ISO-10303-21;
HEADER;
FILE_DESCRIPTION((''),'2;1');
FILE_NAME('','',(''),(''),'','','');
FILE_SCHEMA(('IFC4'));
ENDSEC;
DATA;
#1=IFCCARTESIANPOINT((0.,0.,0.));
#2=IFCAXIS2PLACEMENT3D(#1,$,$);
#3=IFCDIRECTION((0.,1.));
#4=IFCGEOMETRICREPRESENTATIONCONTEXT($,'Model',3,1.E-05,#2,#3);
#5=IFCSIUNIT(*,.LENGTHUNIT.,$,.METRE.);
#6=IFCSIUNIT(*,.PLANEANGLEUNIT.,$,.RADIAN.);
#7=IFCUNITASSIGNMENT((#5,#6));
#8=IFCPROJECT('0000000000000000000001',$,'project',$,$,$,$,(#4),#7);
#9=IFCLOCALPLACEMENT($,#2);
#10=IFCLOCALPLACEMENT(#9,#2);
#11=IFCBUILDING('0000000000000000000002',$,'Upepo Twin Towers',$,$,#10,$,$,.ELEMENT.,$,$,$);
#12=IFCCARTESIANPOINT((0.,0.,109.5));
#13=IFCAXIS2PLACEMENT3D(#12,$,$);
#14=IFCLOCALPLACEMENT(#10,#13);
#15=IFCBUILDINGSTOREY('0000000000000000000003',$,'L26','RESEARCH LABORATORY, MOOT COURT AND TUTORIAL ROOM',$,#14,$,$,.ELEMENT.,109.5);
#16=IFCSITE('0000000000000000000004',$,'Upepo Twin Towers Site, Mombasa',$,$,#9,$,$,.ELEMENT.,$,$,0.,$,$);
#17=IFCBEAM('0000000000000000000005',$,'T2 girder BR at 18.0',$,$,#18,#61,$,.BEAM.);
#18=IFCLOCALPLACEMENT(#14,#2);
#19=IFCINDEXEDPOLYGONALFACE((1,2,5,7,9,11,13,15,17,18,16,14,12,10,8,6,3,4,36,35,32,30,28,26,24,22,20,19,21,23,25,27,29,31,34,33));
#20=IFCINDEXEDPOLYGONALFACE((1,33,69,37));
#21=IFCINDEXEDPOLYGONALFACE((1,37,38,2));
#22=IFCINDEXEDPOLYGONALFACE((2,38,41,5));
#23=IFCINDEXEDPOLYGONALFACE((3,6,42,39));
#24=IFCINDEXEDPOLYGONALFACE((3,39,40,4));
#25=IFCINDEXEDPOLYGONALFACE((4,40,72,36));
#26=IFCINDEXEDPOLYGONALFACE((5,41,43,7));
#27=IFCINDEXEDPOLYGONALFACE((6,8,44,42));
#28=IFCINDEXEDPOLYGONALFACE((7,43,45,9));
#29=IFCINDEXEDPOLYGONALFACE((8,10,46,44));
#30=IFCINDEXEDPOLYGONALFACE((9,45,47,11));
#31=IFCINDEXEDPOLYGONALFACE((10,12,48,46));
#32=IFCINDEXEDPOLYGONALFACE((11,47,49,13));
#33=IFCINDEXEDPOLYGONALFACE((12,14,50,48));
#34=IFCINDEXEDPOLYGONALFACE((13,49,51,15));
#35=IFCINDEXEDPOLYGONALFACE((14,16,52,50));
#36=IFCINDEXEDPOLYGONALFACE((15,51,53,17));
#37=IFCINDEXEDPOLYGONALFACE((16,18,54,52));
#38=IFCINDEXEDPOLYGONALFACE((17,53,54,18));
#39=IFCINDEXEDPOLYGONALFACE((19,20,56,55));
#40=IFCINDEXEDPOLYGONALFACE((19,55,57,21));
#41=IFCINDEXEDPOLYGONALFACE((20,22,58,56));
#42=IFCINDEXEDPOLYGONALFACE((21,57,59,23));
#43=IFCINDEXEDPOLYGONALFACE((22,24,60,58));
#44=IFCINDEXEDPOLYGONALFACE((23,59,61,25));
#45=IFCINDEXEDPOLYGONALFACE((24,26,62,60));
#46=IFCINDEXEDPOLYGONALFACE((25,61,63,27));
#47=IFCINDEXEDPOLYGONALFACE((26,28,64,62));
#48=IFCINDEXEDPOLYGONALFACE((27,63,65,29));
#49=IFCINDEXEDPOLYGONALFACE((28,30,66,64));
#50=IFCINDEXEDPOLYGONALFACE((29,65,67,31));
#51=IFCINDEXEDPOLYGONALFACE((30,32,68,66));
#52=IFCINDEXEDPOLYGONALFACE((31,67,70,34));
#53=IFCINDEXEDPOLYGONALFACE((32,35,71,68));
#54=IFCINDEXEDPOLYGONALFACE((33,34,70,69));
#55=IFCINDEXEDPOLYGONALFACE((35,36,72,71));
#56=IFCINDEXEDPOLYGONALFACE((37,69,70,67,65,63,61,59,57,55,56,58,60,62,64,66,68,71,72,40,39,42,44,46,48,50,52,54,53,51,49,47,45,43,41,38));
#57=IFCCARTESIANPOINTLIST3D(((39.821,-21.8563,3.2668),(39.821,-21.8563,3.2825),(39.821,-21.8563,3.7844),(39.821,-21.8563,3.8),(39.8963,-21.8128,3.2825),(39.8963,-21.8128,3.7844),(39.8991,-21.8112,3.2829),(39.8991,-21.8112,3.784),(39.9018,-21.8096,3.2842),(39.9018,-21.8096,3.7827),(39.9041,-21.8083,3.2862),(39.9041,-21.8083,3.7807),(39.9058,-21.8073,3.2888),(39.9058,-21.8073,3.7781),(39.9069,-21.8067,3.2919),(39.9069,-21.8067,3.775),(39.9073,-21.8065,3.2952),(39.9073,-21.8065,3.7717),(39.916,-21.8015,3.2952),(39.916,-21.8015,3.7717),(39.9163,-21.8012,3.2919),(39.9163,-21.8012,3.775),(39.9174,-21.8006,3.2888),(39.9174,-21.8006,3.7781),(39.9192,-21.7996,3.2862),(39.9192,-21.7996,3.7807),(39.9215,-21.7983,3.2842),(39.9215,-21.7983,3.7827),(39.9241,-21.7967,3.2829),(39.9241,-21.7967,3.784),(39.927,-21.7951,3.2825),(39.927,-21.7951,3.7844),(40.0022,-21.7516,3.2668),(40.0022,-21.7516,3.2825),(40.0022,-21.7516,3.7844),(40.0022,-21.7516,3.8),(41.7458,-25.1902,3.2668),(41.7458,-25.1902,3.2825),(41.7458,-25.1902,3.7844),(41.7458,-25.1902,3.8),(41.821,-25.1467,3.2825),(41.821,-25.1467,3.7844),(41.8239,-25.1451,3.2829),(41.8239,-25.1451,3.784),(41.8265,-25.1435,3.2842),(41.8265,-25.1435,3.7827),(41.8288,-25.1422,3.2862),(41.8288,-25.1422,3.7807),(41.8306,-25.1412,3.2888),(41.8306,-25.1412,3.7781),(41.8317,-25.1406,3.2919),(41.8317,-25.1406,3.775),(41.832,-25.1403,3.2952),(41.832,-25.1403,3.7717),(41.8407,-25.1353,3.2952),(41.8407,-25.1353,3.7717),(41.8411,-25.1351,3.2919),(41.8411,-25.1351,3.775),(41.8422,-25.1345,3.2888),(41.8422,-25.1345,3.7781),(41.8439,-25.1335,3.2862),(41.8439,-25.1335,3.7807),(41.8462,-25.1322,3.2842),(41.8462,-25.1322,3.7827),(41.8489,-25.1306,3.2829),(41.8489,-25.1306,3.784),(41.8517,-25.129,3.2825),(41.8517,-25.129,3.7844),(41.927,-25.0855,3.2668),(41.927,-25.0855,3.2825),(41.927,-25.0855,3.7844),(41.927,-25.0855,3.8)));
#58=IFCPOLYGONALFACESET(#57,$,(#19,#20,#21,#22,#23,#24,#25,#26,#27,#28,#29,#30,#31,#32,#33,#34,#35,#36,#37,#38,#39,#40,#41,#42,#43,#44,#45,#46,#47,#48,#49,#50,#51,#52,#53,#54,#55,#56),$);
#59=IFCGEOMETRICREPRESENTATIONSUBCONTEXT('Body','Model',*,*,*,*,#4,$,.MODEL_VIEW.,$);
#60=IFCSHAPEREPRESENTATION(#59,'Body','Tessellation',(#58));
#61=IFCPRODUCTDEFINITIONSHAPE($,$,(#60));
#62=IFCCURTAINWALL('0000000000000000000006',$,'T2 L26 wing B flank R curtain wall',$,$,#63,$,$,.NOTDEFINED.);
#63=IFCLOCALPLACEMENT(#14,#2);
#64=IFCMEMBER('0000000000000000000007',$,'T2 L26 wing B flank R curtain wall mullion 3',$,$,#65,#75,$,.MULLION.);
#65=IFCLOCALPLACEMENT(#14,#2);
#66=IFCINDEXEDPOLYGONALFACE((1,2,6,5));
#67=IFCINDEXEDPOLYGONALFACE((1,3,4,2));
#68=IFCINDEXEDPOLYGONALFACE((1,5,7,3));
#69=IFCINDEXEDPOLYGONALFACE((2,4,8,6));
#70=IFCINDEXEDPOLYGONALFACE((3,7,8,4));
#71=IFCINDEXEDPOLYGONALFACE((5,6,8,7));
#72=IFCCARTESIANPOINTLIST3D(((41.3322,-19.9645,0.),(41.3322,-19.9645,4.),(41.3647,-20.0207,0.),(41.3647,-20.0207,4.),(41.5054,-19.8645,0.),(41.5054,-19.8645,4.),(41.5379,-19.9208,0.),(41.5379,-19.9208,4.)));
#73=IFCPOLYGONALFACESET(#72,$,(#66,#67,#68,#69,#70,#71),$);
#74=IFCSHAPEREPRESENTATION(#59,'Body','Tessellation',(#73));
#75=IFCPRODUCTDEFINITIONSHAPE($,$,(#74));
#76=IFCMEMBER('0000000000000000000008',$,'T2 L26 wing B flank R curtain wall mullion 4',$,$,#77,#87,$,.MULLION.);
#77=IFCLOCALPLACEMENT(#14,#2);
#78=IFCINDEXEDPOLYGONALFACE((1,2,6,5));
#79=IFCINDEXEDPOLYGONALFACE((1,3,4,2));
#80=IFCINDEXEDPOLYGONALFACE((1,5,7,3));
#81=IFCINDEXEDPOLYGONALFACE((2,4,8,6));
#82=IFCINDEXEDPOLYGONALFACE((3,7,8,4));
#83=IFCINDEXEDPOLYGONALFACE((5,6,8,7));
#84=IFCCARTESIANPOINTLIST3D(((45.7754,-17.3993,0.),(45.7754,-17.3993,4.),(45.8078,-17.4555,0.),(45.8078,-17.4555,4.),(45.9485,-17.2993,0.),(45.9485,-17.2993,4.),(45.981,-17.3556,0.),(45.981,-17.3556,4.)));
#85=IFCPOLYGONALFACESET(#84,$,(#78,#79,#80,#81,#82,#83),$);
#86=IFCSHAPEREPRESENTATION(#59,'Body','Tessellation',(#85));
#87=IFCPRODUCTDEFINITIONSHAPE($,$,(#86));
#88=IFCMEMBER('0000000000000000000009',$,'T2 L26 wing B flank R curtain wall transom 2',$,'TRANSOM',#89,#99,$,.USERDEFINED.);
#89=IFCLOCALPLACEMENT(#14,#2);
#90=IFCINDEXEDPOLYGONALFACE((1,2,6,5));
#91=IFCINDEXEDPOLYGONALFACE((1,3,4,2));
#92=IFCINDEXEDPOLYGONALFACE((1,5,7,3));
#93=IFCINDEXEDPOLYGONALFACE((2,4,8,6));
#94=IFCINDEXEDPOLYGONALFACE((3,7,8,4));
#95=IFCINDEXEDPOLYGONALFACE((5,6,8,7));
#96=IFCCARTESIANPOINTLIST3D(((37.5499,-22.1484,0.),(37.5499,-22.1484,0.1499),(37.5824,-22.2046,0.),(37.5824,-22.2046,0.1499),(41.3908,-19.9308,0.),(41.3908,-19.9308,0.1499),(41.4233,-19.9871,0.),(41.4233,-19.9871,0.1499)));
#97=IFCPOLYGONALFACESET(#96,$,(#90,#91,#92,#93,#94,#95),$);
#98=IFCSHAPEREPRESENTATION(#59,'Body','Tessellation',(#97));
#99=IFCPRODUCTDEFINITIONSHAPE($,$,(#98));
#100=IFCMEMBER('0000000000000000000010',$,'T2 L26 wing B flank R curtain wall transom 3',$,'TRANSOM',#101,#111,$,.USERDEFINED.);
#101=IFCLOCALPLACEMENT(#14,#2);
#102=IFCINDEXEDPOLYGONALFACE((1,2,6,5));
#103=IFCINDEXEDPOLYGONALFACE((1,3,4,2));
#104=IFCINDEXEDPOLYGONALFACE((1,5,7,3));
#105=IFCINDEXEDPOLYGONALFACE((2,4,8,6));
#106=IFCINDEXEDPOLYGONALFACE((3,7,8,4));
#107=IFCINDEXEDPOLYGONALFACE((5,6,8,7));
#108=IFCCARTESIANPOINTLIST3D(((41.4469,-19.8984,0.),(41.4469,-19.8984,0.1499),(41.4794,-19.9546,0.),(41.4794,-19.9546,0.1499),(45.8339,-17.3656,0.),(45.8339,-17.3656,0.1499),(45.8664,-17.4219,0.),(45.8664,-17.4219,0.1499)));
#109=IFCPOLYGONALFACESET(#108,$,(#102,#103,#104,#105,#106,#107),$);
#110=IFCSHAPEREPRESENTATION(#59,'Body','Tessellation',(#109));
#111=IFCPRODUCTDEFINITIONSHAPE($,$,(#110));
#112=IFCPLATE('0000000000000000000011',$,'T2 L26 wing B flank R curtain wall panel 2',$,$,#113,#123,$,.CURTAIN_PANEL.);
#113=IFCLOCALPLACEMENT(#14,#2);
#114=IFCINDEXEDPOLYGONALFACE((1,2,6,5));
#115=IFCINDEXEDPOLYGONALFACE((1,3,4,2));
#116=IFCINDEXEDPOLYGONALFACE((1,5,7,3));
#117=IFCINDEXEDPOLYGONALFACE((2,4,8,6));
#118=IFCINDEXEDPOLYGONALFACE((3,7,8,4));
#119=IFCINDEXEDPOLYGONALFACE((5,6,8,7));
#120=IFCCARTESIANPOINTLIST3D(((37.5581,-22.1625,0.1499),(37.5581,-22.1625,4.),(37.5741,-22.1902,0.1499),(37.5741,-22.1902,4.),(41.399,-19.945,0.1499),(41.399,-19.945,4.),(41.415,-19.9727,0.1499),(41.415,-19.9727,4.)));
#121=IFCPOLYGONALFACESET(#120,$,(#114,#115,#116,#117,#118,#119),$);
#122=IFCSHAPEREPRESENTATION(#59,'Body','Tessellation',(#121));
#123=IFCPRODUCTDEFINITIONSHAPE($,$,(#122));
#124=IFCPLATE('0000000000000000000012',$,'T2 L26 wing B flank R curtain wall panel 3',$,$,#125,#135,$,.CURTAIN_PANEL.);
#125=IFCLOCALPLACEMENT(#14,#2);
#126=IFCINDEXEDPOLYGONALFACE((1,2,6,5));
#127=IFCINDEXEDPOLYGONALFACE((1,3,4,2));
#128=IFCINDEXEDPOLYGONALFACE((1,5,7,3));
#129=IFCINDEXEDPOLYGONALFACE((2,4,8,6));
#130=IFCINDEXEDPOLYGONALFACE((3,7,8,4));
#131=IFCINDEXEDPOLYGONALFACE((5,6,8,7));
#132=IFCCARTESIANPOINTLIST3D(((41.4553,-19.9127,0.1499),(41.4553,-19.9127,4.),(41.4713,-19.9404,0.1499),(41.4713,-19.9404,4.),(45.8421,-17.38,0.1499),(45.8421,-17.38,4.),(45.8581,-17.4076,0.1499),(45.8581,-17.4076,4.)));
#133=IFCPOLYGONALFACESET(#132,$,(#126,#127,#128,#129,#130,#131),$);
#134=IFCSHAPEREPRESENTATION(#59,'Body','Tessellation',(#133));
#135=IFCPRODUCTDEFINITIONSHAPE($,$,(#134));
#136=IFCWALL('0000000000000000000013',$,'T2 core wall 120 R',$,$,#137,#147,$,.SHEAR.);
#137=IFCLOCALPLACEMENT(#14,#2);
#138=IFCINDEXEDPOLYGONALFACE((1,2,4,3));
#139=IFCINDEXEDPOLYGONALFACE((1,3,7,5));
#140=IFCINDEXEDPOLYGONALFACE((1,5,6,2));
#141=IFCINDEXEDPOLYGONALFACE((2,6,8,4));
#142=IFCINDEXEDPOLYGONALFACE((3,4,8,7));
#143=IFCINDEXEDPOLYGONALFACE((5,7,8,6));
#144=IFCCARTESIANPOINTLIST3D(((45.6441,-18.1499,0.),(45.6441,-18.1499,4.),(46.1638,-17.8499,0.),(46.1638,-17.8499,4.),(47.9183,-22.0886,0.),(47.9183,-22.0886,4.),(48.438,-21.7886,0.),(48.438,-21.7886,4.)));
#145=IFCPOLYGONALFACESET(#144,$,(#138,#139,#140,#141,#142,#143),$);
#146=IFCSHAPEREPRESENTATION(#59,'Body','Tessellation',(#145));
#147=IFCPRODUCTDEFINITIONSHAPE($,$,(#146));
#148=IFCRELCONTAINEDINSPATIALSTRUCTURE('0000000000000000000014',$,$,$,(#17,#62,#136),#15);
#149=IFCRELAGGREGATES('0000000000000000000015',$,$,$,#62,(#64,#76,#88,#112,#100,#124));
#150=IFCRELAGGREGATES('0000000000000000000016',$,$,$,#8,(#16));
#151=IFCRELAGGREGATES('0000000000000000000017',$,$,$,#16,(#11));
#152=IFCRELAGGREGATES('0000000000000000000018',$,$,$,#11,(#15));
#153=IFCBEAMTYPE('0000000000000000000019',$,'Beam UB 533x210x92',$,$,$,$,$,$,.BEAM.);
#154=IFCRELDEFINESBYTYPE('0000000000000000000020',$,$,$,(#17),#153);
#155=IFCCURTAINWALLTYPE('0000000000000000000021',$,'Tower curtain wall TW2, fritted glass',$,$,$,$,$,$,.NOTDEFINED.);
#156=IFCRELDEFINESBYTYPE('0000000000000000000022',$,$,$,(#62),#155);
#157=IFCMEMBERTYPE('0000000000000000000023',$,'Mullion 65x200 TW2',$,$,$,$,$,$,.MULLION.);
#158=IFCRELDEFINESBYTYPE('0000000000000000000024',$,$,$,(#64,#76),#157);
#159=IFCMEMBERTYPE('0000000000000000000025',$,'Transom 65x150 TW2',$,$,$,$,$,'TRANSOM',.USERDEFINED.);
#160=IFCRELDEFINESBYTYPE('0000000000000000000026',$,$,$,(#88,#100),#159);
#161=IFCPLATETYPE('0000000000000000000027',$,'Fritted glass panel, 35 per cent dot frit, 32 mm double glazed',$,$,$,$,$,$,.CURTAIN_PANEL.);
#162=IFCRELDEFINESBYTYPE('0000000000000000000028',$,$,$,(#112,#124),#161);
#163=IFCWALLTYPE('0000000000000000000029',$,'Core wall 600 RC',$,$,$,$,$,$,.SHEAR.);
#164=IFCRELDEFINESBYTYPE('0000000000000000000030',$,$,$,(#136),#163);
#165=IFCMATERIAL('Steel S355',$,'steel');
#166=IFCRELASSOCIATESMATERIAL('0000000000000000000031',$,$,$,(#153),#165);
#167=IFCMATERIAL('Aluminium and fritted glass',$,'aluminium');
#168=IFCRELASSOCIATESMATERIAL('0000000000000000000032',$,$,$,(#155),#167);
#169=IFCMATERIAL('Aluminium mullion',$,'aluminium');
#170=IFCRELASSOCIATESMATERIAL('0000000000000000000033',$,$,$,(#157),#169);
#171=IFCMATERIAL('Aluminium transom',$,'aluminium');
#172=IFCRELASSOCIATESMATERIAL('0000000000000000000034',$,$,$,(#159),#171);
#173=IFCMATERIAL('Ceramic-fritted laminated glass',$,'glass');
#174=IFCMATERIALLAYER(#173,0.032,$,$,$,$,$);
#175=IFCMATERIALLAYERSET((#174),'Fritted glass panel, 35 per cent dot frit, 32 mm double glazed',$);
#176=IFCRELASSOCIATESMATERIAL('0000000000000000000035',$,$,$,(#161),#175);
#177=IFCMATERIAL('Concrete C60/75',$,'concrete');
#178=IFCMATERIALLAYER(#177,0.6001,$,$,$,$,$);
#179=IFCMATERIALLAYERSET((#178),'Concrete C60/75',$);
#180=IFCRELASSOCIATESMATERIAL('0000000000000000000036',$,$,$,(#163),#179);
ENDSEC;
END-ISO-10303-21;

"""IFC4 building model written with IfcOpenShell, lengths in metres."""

from ifc_helpers import new_model, si_unit, direction, frame, frame_2d, origin, origin_2d, place, context, subcontext, project, spatial, rectangle, i_section, extrude, material, layer, layer_set, material_profile, profile_set, type_object, element, aggregate, save


model = new_model("IFC4")

# Units and contexts
model_context = context("Model", 3, precision=1e-05, world=origin(), true_north=direction((0.0, 1.0)))
body_context = subcontext(model_context, "Body", "Model", "MODEL_VIEW")
ifc_project = project(units=[si_unit("LENGTHUNIT", "METRE"), si_unit("PLANEANGLEUNIT", "RADIAN")], contexts=[model_context])

# Site, building, storey
site_placement = place(None, origin())
site = spatial("IfcSite", under=ifc_project, at=site_placement, Name="Upepo Twin Towers Site, Mombasa", CompositionType="ELEMENT", RefElevation=0.0)
building_placement = place(site_placement, origin())
building = spatial("IfcBuilding", under=site, at=building_placement, Name="Upepo Twin Towers", CompositionType="ELEMENT")
storey_placement = place(building_placement, frame((0.0, 0.0, 109.5)))
storey = spatial("IfcBuildingStorey", under=building, at=storey_placement, Name="L26", Description="RESEARCH LABORATORY, MOOT COURT AND TUTORIAL ROOM", CompositionType="ELEMENT", Elevation=109.5)

# Beam
ifc_material_1 = material(Name="Steel S355", Category="steel")
ifc_material_profile_1 = material_profile(ifc_material_1, i_section(OverallWidth=0.2092, OverallDepth=0.5332, WebThickness=0.01, FlangeThickness=0.0156, FilletRadius=0.0127, at=origin_2d()), Name="UB 533x210x92")
ifc_profile_set_1 = profile_set([ifc_material_profile_1], Name="Steel S355")
beam_type_1 = type_object("IfcBeamType", Name="Beam UB 533x210x92", PredefinedType="BEAM", material=ifc_profile_set_1)
beam_1_placement = place(storey_placement, frame((39.9116, -21.804, 3.5334), z_axis=(0.499986, -0.866034, 0.0), x_axis=(0.866034, 0.499986, 0.0)))
element("IfcBeam", 1, at=beam_1_placement, inside=storey, type_object=beam_type_1, Name="T2 girder BR at 18.0", PredefinedType="BEAM", context=body_context, shape_type="SweptSolid", body=[
    extrude(i_section(OverallWidth=0.2092, OverallDepth=0.5332, WebThickness=0.01, FlangeThickness=0.0156, FilletRadius=0.0127, at=origin_2d()), origin(), (0.0, 0.0, 1.0), 3.8496),
])

# Curtain wall, members, plates
ifc_material_2 = material(Name="Aluminium and fritted glass", Category="aluminium")
curtain_wall_type = type_object("IfcCurtainWallType", Name="Tower curtain wall TW2, fritted glass", PredefinedType="NOTDEFINED", material=ifc_material_2)
curtain_wall_placement = place(storey_placement, origin())
curtain_wall = element("IfcCurtainWall", 2, at=curtain_wall_placement, inside=storey, type_object=curtain_wall_type, Name="T2 L26 wing B flank R curtain wall", PredefinedType="NOTDEFINED")
ifc_material_3 = material(Name="Aluminium mullion", Category="aluminium")
ifc_material_profile_2 = material_profile(ifc_material_3, rectangle(XDim=0.0649, YDim=0.2, at=origin_2d()), Name="MULLION 65x200")
ifc_profile_set_2 = profile_set([ifc_material_profile_2], Name="Aluminium mullion")
member_type_1 = type_object("IfcMemberType", Name="Mullion 65x200 TW2", PredefinedType="MULLION", material=ifc_profile_set_2)
member_1_placement = place(storey_placement, frame((41.4351, -19.9426, 0.0), z_axis=(0.0, 0.0, 1.0), x_axis=(-0.5, 0.866025, 0.0)))
member_1 = element("IfcMember", 3, at=member_1_placement, type_object=member_type_1, Name="T2 L26 wing B flank R curtain wall mullion 3", PredefinedType="MULLION", context=body_context, shape_type="SweptSolid", body=[
    extrude(rectangle(XDim=0.0649, YDim=0.2, at=origin_2d()), origin(), (0.0, 0.0, 1.0), 4.0),
])
member_2_placement = place(storey_placement, frame((45.8782, -17.3774, 0.0), z_axis=(0.0, 0.0, 1.0), x_axis=(-0.5, 0.866025, 0.0)))
member_2 = element("IfcMember", 4, at=member_2_placement, type_object=member_type_1, Name="T2 L26 wing B flank R curtain wall mullion 4", PredefinedType="MULLION", context=body_context, shape_type="SweptSolid", body=[
    extrude(rectangle(XDim=0.0649, YDim=0.2, at=origin_2d()), origin(), (0.0, 0.0, 1.0), 4.0),
])
ifc_material_4 = material(Name="Aluminium transom", Category="aluminium")
ifc_material_profile_3 = material_profile(ifc_material_4, rectangle(XDim=0.0649, YDim=0.1499, at=origin_2d()), Name="TRANSOM 65x150")
ifc_profile_set_3 = profile_set([ifc_material_profile_3], Name="Aluminium transom")
member_type_2 = type_object("IfcMemberType", Name="Transom 65x150 TW2", ElementType="TRANSOM", PredefinedType="USERDEFINED", material=ifc_profile_set_3)
member_3_placement = place(storey_placement, frame((37.5662, -22.1765, 0.075), z_axis=(0.866022, 0.500005, 0.0), x_axis=(-0.500005, 0.866022, 0.0)))
member_3 = element("IfcMember", 5, at=member_3_placement, type_object=member_type_2, Name="T2 L26 wing B flank R curtain wall transom 2", ObjectType="TRANSOM", PredefinedType="USERDEFINED", context=body_context, shape_type="SweptSolid", body=[
    extrude(rectangle(XDim=0.0649, YDim=0.1499, at=origin_2d()), origin(), (0.0, 0.0, 1.0), 4.4351),
])
member_4_placement = place(storey_placement, frame((41.4631, -19.9265, 0.075), z_axis=(0.866034, 0.499985, 0.0), x_axis=(-0.499985, 0.866034, 0.0)))
member_4 = element("IfcMember", 6, at=member_4_placement, type_object=member_type_2, Name="T2 L26 wing B flank R curtain wall transom 3", ObjectType="TRANSOM", PredefinedType="USERDEFINED", context=body_context, shape_type="SweptSolid", body=[
    extrude(rectangle(XDim=0.0649, YDim=0.1499, at=origin_2d()), origin(), (0.0, 0.0, 1.0), 5.0657),
])
ifc_material_5 = material(Name="Ceramic-fritted laminated glass", Category="glass")
ifc_layer_1 = layer(ifc_material_5, 0.032)
ifc_layer_set_1 = layer_set([ifc_layer_1], Name="Fritted glass panel, 35 per cent dot frit, 32 mm double glazed")
plate_type = type_object("IfcPlateType", Name="Fritted glass panel, 35 per cent dot frit, 32 mm double glazed", PredefinedType="CURTAIN_PANEL", material=ifc_layer_set_1)
plate_1_placement = place(storey_placement, frame((39.4866, -21.0676, 0.1499), z_axis=(0.0, 0.0, 1.0), x_axis=(0.866025, 0.5, 0.0)))
plate_1 = element("IfcPlate", 7, at=plate_1_placement, type_object=plate_type, Name="T2 L26 wing B flank R curtain wall panel 2", PredefinedType="CURTAIN_PANEL", context=body_context, shape_type="SweptSolid", body=[
    extrude(rectangle(XDim=4.4351, YDim=0.032, at=origin_2d()), origin(), (0.0, 0.0, 1.0), 3.8501),
])
plate_2_placement = place(storey_placement, frame((43.6567, -18.6602, 0.1499), z_axis=(0.0, 0.0, 1.0), x_axis=(0.866025, 0.5, 0.0)))
plate_2 = element("IfcPlate", 8, at=plate_2_placement, type_object=plate_type, Name="T2 L26 wing B flank R curtain wall panel 3", PredefinedType="CURTAIN_PANEL", context=body_context, shape_type="SweptSolid", body=[
    extrude(rectangle(XDim=5.0654, YDim=0.032, at=origin_2d()), origin(), (0.0, 0.0, 1.0), 3.8501),
])
aggregate(curtain_wall, [member_1, member_2, member_3, plate_1, member_4, plate_2])

# Wall
ifc_material_6 = material(Name="Concrete C60/75", Category="concrete")
ifc_layer_2 = layer(ifc_material_6, 0.6001)
ifc_layer_set_2 = layer_set([ifc_layer_2], Name="Concrete C60/75")
wall_type = type_object("IfcWallType", Name="Core wall 600 RC", PredefinedType="SHEAR", material=ifc_layer_set_2)
wall_1_placement = place(storey_placement, frame((45.9041, -18.0, 0.0), z_axis=(0.0, 0.0, 1.0), x_axis=(0.500024, -0.866011, 0.0)))
element("IfcWall", 9, at=wall_1_placement, inside=storey, type_object=wall_type, Name="T2 core wall 120 R", PredefinedType="SHEAR", context=body_context, shape_type="SweptSolid", body=[
    extrude(rectangle(XDim=4.5481, YDim=0.6001, at=frame_2d((2.2739, 0.0))), origin(), (0.0, 0.0, 1.0), 4.0),
])

save(model, "model.ifc")
